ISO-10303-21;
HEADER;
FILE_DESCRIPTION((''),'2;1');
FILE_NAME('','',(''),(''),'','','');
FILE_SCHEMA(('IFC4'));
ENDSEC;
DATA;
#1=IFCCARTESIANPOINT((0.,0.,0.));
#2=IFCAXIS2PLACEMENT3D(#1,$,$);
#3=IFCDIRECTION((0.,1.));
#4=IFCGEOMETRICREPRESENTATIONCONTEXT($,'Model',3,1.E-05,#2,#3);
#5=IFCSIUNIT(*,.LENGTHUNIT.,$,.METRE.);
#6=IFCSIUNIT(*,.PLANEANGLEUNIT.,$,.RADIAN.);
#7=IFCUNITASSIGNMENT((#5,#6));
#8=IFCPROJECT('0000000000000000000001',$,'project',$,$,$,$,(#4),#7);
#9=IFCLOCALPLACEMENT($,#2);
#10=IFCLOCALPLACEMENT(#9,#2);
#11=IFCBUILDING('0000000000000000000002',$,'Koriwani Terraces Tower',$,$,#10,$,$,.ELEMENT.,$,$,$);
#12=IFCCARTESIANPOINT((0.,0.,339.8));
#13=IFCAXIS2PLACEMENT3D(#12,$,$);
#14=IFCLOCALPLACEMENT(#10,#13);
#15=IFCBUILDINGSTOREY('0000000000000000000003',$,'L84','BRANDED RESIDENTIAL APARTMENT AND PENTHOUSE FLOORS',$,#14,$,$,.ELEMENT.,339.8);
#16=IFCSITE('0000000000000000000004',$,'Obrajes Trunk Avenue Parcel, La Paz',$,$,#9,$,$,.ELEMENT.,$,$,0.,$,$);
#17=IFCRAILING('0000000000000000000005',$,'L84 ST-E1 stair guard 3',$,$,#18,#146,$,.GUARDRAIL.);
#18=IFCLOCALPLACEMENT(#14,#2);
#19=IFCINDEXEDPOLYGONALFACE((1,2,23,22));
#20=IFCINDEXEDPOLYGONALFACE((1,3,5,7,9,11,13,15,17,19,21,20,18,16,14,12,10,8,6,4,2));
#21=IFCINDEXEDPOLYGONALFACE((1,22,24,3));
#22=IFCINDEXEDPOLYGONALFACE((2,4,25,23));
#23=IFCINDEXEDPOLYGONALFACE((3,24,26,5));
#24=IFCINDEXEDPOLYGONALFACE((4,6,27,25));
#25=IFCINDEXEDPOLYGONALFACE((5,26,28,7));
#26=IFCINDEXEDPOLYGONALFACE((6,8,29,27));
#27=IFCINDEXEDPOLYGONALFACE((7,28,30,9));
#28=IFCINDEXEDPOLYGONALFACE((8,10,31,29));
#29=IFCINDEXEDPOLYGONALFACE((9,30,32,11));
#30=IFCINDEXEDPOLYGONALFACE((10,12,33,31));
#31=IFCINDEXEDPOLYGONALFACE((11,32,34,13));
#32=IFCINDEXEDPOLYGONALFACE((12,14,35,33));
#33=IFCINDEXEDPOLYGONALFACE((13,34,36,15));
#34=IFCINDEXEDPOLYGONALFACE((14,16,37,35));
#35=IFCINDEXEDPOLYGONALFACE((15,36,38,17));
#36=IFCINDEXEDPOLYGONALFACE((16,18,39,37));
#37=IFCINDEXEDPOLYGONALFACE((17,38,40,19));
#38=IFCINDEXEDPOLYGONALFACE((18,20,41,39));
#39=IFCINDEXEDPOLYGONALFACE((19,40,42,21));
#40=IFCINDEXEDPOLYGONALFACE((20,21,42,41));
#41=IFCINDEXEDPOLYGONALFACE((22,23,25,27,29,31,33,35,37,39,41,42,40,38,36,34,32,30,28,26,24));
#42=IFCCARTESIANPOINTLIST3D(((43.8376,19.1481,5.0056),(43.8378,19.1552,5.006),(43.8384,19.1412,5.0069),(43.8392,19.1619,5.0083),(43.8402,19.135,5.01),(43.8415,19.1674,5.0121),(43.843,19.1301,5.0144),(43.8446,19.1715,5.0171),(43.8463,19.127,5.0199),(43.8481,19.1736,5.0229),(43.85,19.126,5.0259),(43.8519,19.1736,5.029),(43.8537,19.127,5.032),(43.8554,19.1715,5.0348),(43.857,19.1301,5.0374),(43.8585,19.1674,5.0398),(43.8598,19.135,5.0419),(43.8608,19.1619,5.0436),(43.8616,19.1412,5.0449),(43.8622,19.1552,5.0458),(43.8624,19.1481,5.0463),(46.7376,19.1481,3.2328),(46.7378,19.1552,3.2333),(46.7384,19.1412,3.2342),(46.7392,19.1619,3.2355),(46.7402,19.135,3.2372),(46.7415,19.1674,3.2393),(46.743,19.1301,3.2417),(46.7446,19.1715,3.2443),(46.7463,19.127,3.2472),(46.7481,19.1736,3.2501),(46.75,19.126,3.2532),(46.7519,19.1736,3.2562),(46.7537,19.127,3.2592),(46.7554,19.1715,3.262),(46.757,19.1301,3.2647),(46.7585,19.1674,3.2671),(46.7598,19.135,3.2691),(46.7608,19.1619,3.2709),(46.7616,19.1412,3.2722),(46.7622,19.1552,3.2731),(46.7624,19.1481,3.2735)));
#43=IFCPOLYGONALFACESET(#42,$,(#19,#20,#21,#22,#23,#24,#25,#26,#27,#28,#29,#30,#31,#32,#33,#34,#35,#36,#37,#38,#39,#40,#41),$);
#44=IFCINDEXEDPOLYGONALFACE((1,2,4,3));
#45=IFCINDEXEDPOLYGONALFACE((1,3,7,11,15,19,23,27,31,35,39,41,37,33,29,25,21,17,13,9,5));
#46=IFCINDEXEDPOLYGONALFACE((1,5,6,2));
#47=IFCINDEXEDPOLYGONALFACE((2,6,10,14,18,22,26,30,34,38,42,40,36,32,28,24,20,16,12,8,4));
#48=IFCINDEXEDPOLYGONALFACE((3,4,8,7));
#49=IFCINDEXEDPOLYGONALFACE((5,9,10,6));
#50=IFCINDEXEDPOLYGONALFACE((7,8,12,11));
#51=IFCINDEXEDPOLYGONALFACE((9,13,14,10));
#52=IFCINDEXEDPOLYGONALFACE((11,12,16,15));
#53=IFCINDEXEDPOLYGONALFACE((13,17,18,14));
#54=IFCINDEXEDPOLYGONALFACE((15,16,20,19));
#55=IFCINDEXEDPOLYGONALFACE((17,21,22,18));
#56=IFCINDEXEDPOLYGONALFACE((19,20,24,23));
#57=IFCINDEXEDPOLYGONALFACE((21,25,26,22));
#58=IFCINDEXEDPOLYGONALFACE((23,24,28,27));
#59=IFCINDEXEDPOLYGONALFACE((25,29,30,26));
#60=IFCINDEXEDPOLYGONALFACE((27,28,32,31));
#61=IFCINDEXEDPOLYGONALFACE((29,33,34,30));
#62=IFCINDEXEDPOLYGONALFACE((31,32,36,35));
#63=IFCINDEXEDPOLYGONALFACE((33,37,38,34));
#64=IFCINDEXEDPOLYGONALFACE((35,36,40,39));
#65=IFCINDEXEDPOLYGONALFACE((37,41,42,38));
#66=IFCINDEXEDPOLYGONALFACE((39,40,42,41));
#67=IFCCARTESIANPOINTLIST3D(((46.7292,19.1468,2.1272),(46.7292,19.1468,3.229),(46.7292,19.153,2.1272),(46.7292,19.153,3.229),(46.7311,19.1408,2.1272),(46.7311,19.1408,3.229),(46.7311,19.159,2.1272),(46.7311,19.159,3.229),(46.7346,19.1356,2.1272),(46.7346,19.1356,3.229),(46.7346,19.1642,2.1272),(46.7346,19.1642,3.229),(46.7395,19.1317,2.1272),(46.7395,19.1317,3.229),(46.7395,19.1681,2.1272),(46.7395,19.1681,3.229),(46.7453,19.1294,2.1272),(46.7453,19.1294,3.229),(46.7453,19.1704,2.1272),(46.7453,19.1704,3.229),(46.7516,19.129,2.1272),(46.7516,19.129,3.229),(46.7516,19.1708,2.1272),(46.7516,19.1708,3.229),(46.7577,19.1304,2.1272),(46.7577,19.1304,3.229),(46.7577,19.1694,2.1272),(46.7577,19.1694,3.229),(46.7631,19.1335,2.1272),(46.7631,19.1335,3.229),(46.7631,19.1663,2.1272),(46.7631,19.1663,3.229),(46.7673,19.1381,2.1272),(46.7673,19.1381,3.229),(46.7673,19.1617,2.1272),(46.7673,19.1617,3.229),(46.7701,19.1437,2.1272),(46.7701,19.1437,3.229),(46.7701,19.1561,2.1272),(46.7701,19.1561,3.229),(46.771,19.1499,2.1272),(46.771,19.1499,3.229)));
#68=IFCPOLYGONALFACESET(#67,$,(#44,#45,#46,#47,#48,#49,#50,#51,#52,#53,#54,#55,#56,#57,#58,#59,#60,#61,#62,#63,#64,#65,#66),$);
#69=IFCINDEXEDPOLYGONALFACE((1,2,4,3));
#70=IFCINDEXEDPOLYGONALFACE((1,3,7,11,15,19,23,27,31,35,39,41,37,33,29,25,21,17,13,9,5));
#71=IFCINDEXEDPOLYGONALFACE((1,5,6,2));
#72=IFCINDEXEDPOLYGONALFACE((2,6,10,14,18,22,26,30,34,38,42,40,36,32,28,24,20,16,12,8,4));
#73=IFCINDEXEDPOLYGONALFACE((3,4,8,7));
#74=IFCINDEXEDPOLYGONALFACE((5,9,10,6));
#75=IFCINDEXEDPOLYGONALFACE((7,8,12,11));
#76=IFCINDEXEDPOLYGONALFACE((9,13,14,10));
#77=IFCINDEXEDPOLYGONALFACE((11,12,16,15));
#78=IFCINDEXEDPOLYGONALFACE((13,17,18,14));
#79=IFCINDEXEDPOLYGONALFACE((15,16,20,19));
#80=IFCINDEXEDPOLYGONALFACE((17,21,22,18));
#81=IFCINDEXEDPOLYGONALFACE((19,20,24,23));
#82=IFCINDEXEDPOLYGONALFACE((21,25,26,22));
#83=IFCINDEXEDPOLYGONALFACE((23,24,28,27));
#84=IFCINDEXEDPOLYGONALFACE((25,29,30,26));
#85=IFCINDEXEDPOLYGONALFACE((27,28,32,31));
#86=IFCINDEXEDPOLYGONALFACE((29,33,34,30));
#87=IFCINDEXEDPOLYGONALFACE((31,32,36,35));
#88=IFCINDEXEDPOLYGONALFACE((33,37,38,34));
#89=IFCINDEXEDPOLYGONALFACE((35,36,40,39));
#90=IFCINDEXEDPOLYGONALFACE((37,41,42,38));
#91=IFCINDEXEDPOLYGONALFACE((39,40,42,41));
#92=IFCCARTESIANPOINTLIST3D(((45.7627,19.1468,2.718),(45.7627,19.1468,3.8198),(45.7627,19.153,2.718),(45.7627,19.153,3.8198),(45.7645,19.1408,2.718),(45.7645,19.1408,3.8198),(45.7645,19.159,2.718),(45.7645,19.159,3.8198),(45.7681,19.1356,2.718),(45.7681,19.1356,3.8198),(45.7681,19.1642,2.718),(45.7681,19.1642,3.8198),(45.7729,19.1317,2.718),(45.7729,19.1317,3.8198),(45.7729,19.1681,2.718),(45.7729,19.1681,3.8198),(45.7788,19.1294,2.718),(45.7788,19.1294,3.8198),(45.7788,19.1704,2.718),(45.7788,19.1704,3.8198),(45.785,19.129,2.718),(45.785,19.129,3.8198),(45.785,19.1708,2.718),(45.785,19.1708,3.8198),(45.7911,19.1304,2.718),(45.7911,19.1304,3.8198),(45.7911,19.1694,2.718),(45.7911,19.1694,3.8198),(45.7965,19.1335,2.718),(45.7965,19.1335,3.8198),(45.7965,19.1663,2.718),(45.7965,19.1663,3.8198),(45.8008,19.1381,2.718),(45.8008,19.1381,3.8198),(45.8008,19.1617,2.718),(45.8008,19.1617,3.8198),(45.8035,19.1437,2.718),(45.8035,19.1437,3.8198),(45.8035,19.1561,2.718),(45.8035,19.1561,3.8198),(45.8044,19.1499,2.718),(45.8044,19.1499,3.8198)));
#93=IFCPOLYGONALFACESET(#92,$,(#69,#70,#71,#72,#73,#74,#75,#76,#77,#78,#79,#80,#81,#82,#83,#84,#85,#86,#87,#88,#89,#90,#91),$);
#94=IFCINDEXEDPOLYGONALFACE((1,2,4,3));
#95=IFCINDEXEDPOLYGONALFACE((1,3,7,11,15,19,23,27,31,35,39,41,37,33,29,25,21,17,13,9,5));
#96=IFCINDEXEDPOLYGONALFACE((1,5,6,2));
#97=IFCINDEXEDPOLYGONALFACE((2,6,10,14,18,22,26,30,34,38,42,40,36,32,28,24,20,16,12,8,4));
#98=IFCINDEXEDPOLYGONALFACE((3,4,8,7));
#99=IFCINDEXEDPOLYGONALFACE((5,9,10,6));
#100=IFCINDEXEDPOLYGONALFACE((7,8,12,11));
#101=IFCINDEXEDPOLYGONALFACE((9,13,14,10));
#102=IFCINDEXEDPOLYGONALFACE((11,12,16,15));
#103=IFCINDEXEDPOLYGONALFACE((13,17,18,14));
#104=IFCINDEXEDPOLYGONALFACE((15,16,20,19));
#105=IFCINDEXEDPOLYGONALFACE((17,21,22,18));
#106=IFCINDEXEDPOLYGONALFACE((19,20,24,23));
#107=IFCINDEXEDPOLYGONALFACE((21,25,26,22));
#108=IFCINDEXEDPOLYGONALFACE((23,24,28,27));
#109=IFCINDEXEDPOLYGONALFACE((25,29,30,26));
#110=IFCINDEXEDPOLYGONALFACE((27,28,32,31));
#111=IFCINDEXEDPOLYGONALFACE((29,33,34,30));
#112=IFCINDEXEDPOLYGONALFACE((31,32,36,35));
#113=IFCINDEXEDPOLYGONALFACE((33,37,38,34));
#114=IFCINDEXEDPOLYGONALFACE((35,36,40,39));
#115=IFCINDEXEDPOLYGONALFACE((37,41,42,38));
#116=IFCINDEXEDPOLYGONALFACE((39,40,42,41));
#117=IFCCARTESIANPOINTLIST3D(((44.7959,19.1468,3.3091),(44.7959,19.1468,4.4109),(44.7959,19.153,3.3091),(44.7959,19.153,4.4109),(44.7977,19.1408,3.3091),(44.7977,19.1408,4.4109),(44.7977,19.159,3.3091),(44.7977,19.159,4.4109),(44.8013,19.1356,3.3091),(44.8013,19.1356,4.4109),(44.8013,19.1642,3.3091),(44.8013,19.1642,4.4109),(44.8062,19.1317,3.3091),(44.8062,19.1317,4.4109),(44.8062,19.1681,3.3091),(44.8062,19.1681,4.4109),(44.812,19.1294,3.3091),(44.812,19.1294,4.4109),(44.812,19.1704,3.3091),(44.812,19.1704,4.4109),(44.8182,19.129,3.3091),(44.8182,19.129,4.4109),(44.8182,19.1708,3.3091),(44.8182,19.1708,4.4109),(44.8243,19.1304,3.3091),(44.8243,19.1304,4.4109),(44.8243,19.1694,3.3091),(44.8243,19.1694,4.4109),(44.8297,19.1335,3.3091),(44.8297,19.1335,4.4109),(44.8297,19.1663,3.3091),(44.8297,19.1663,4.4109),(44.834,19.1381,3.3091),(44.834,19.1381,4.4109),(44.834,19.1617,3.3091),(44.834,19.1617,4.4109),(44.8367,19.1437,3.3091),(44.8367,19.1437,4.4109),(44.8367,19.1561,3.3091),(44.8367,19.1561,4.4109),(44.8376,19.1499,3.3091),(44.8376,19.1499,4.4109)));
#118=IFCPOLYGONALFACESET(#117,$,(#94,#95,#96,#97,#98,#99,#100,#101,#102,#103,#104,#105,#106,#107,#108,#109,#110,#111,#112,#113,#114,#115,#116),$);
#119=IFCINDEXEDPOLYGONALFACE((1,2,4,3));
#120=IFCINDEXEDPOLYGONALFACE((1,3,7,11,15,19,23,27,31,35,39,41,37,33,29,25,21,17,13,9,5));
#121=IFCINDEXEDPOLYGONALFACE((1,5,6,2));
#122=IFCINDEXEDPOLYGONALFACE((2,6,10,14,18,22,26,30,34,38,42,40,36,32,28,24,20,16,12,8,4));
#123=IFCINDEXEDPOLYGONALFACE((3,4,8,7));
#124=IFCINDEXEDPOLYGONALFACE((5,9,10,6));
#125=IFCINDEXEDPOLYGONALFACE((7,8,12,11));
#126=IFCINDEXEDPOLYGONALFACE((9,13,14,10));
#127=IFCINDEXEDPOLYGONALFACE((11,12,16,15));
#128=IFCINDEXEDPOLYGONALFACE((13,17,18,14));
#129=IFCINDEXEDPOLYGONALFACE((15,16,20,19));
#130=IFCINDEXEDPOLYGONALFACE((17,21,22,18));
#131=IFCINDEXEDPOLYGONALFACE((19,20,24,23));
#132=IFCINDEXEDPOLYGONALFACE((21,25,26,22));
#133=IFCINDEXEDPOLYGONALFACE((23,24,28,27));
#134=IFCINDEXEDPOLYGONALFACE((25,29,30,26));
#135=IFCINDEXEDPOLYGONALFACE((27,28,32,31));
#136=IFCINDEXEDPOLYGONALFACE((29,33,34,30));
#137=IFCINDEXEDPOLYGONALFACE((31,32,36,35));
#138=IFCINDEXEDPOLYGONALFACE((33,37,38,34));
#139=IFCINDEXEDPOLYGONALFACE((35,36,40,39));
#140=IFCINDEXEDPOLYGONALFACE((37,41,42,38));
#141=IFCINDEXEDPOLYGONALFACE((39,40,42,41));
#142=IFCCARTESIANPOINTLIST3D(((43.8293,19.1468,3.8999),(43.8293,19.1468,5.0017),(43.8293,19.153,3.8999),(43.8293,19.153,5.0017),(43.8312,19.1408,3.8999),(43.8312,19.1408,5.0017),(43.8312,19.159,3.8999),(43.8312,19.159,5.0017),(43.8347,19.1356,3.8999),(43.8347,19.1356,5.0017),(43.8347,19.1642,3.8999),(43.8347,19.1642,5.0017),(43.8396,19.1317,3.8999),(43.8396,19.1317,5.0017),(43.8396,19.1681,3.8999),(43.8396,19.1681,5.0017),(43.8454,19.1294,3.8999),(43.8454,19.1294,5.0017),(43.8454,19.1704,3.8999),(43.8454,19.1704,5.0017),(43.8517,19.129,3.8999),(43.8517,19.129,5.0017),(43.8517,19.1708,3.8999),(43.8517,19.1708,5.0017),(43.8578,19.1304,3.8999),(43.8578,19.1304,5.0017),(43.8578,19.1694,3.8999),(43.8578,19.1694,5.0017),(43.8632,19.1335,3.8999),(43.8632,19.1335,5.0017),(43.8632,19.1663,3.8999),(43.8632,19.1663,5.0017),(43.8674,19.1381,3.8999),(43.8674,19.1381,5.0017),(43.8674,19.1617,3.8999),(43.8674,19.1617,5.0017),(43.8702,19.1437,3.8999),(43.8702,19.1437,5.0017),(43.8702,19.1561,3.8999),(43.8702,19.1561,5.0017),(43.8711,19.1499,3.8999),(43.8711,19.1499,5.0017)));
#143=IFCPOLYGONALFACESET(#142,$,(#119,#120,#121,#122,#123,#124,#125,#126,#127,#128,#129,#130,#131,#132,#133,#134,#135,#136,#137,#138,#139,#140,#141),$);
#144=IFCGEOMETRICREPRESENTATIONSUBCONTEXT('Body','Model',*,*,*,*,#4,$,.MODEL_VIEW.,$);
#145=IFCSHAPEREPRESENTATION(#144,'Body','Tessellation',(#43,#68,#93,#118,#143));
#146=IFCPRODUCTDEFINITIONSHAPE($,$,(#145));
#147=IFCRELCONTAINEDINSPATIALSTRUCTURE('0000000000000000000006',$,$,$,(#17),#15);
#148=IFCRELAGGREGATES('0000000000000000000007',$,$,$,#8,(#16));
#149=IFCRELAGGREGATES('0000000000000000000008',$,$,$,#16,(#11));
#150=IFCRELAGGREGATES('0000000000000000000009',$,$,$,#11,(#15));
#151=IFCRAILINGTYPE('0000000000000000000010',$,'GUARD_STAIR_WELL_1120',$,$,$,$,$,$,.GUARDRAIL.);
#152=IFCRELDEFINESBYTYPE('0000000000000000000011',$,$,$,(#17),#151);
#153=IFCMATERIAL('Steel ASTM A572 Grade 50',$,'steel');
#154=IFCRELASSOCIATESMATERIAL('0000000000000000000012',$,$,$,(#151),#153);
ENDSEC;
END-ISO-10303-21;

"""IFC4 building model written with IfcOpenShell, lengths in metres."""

from ifc_helpers import new_model, si_unit, direction, frame, origin, origin_2d, place, context, subcontext, project, spatial, circle, extrude, material, type_object, element, save


model = new_model("IFC4")

# Units and contexts
model_context = context("Model", 3, precision=1e-05, world=origin(), true_north=direction((0.0, 1.0)))
body_context = subcontext(model_context, "Body", "Model", "MODEL_VIEW")
ifc_project = project(units=[si_unit("LENGTHUNIT", "METRE"), si_unit("PLANEANGLEUNIT", "RADIAN")], contexts=[model_context])

# Site, building, storey
site_placement = place(None, origin())
site = spatial("IfcSite", under=ifc_project, at=site_placement, Name="Obrajes Trunk Avenue Parcel, La Paz", CompositionType="ELEMENT", RefElevation=0.0)
building_placement = place(site_placement, origin())
building = spatial("IfcBuilding", under=site, at=building_placement, Name="Koriwani Terraces Tower", CompositionType="ELEMENT")
storey_placement = place(building_placement, frame((0.0, 0.0, 339.8)))
storey = spatial("IfcBuildingStorey", under=building, at=storey_placement, Name="L84", Description="BRANDED RESIDENTIAL APARTMENT AND PENTHOUSE FLOORS", CompositionType="ELEMENT", Elevation=339.8)

# Shared definitions
ifc_material_1 = material(Name="Steel ASTM A572 Grade 50", Category="steel")

# Railing
railing_type_1 = type_object("IfcRailingType", Name="GUARD_STAIR_WELL_1120", PredefinedType="GUARDRAIL", material=ifc_material_1)
railing_1_placement = place(storey_placement, frame((46.75, 19.1499, 2.1272)))
element("IfcRailing", 1, at=railing_1_placement, inside=storey, type_object=railing_type_1, Name="L84 ST-E1 stair guard 3", PredefinedType="GUARDRAIL", context=body_context, shape_type="SweptSolid", body=[
    extrude(circle(Radius=0.0239, at=origin_2d()), frame((0.0, 0.0, 1.126), z_axis=(-0.853211, 0.0, 0.521566), x_axis=(0.0, -1.0, 0.0)), (0.0, 0.0, 1.0), 3.3989),
    extrude(circle(Radius=0.021, at=origin_2d()), origin(), (0.0, 0.0, 1.0), 1.1018),
    extrude(circle(Radius=0.021, at=origin_2d()), frame((-0.9666, 0.0, 0.5908)), (0.0, 0.0, 1.0), 1.1018),
    extrude(circle(Radius=0.021, at=origin_2d()), frame((-1.9333, 0.0, 1.1819)), (0.0, 0.0, 1.0), 1.1018),
    extrude(circle(Radius=0.021, at=origin_2d()), frame((-2.8999, 0.0, 1.7727)), (0.0, 0.0, 1.0), 1.1018),
])

save(model, "model.ifc")
